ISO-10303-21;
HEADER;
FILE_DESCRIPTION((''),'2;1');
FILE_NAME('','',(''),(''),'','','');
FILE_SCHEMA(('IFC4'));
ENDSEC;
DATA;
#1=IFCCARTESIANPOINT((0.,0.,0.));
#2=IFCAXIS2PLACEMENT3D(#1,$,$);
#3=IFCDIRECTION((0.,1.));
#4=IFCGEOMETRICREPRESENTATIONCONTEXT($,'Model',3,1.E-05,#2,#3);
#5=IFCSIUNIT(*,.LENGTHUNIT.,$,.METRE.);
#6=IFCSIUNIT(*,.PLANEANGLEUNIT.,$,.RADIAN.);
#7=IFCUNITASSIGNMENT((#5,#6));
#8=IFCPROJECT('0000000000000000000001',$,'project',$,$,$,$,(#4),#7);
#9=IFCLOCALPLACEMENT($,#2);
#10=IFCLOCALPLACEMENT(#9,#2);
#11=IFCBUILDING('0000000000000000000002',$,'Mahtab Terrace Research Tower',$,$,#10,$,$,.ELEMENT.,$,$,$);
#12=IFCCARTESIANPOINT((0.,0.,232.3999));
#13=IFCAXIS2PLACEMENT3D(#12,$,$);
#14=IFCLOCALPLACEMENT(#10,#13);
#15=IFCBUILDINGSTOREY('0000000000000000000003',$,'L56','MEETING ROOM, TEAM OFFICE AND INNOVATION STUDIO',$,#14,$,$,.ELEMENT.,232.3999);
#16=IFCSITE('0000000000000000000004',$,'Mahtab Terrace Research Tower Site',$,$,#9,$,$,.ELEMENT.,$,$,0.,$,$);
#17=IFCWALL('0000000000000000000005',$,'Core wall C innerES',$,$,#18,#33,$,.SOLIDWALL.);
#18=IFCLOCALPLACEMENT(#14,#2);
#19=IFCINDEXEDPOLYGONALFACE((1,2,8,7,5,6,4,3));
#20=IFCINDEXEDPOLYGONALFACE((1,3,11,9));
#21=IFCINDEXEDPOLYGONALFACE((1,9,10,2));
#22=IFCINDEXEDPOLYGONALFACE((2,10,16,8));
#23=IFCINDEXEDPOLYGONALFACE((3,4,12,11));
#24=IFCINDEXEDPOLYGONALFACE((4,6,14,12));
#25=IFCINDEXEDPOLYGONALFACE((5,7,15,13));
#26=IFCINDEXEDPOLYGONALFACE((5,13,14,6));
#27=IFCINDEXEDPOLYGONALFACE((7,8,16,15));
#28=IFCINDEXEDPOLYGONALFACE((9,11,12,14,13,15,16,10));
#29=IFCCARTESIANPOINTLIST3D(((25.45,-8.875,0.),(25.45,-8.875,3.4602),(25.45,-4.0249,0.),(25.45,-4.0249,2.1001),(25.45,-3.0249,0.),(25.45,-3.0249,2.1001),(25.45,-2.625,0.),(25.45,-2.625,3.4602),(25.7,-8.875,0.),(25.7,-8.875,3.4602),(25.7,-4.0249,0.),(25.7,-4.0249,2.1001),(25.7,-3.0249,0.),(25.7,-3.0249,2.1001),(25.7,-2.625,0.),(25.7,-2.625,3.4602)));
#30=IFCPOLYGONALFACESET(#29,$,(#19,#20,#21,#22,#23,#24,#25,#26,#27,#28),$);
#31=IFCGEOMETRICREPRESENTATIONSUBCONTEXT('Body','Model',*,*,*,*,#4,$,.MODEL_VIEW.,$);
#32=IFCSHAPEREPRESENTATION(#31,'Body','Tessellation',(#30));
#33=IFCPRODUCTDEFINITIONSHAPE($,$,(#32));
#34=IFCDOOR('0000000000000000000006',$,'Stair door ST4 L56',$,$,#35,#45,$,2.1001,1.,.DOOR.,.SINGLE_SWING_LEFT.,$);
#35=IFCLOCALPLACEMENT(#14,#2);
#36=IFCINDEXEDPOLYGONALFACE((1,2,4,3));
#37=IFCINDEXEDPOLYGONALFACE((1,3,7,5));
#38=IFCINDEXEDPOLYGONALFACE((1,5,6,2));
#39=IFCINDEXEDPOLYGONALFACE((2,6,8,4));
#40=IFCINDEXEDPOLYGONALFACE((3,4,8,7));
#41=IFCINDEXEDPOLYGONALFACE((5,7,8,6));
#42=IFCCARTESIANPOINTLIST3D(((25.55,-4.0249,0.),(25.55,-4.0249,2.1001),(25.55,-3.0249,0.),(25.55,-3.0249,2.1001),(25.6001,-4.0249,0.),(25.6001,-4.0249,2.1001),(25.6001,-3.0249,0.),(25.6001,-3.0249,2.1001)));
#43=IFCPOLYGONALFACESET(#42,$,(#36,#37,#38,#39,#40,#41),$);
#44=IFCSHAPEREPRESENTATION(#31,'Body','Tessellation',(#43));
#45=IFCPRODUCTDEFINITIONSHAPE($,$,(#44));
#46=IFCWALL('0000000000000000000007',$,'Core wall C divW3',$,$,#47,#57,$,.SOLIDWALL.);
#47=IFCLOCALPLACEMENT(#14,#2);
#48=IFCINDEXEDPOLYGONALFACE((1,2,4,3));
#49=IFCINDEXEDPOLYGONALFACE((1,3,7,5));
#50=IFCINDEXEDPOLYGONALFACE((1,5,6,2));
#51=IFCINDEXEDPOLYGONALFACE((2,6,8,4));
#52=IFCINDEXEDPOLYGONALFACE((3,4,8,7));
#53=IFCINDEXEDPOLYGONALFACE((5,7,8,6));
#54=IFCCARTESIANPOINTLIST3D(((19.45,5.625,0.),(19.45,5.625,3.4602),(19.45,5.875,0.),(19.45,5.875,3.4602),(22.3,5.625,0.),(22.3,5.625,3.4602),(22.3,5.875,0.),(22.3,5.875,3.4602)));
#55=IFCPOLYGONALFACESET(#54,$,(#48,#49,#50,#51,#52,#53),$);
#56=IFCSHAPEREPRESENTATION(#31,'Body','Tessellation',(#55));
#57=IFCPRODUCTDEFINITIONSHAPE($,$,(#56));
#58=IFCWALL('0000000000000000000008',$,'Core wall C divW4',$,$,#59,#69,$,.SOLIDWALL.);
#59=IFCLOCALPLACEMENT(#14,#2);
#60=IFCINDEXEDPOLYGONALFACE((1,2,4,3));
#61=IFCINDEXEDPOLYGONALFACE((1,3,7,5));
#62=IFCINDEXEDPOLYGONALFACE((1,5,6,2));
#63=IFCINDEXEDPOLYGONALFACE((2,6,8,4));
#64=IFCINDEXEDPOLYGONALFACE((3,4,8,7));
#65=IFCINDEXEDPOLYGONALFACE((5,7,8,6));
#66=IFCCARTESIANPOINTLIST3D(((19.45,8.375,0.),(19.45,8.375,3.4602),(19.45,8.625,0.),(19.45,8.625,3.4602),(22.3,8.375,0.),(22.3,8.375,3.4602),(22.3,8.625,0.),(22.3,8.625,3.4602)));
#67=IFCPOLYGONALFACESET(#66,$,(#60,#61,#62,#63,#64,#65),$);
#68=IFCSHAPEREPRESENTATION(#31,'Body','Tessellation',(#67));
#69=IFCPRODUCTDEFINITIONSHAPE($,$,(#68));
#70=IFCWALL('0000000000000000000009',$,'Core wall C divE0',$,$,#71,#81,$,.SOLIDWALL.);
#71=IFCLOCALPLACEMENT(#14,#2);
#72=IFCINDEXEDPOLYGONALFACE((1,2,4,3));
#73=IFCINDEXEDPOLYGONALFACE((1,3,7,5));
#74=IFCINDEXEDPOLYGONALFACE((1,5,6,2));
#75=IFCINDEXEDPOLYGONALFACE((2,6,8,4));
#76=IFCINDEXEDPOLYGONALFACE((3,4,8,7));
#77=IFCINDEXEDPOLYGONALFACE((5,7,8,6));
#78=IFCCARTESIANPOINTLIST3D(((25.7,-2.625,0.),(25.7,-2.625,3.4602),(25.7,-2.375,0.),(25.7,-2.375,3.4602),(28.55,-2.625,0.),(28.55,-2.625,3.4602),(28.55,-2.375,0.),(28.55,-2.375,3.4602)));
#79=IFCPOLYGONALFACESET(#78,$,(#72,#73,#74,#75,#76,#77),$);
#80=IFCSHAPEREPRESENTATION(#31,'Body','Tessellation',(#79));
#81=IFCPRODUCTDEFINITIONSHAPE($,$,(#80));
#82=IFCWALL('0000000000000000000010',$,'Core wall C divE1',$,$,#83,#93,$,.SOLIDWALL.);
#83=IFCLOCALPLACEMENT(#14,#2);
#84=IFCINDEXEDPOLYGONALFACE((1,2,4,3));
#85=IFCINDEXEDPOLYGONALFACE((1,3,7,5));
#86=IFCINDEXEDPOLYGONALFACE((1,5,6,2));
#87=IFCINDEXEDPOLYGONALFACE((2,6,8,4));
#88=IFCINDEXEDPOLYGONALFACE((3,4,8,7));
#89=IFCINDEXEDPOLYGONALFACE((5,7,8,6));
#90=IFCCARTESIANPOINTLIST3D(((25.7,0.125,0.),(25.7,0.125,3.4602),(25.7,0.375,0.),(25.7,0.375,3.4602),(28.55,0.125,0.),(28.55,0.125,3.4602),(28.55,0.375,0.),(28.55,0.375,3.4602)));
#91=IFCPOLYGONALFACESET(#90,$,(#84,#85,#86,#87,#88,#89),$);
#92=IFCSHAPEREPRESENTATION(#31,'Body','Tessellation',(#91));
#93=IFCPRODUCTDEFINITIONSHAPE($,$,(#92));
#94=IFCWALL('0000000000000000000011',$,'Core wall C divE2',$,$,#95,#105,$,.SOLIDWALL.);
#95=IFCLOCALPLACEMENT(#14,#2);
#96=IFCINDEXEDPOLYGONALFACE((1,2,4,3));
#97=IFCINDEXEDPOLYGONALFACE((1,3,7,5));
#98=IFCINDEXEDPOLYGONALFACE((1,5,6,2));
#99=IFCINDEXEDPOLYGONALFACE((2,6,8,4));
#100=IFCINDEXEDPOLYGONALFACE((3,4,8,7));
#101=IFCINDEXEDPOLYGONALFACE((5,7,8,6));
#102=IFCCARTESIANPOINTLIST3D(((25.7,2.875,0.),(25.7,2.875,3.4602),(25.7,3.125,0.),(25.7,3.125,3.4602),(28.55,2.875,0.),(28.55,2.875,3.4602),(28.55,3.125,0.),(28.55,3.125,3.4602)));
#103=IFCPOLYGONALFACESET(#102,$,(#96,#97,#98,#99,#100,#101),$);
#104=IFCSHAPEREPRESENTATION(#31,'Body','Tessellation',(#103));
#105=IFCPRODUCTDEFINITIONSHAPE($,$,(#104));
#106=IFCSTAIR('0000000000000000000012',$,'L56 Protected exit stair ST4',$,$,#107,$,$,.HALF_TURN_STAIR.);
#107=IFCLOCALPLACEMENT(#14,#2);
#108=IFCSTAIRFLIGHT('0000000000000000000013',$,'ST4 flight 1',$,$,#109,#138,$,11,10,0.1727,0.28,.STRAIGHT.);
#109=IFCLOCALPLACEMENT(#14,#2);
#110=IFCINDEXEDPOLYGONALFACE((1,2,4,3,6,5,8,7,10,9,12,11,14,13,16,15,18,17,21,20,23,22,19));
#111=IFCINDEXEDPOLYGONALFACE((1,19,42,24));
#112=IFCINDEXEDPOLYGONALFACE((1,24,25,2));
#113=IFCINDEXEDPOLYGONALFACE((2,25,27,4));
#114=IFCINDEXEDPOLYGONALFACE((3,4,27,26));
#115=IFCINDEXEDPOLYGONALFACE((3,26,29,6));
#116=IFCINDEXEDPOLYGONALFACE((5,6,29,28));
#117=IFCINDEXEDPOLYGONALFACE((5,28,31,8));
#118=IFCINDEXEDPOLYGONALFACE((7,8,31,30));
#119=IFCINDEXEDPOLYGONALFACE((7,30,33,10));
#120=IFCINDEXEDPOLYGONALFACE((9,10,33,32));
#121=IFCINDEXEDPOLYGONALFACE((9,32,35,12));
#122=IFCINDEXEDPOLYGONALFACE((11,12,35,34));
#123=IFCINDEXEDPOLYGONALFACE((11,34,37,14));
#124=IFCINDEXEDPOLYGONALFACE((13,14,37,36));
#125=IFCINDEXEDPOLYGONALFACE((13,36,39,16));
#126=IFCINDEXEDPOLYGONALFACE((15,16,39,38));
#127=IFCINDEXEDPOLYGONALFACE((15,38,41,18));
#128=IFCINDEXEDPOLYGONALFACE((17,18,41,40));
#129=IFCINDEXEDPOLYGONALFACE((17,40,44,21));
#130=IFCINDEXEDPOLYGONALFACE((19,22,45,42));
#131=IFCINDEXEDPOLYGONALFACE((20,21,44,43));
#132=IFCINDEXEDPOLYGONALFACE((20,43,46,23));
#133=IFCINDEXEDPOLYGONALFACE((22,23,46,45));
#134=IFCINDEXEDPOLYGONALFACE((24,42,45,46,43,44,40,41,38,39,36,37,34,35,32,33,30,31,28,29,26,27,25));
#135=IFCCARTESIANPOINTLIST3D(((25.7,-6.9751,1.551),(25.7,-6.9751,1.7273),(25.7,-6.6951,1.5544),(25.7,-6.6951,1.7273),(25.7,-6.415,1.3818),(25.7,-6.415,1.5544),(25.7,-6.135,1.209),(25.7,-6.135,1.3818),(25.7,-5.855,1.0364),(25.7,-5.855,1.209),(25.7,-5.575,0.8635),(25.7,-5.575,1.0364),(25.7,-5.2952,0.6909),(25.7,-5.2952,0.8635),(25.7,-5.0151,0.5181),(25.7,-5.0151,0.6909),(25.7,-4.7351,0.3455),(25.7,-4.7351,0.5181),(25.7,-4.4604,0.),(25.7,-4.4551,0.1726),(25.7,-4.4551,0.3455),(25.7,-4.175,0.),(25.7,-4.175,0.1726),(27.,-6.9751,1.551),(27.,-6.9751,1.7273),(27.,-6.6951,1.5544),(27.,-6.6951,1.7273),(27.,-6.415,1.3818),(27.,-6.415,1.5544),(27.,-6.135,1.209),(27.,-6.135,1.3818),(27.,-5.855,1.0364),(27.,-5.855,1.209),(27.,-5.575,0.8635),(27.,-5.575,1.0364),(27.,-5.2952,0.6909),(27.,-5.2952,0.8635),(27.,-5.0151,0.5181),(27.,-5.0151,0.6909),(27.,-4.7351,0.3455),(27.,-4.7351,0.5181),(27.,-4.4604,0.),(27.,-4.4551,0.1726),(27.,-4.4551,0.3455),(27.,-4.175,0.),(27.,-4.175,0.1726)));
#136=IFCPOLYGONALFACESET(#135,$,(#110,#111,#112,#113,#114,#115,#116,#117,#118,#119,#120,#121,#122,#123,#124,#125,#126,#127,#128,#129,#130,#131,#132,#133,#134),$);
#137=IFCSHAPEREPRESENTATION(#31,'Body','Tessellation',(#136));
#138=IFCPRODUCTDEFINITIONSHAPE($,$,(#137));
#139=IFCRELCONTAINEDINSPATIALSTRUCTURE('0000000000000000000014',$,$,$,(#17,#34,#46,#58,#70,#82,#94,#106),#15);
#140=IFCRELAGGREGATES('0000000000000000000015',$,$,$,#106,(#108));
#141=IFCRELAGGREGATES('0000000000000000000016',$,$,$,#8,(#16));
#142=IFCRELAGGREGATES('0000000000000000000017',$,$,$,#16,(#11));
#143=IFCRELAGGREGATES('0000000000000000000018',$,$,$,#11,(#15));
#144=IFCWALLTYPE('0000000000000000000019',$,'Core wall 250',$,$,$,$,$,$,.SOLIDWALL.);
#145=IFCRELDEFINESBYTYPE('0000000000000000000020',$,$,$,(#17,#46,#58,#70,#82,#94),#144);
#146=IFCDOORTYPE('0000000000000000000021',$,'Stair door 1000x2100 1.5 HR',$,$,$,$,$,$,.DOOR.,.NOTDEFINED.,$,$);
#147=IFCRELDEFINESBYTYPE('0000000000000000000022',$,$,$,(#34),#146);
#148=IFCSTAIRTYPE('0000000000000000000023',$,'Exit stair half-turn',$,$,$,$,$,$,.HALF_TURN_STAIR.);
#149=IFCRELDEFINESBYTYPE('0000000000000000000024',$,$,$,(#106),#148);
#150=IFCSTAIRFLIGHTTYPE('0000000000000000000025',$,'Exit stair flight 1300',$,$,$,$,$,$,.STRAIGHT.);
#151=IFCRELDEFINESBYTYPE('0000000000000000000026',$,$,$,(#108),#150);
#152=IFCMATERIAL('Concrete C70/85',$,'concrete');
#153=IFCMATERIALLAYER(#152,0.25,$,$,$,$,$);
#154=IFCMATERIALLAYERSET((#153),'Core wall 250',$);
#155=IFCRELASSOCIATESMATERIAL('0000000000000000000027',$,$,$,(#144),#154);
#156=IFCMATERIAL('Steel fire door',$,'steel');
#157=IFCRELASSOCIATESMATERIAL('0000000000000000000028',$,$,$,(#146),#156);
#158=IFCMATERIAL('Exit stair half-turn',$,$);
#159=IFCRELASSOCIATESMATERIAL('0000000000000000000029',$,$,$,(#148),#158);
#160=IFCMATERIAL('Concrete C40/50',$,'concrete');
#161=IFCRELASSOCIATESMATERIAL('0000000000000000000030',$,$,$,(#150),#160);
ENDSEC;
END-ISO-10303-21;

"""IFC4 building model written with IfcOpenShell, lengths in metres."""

from ifc_helpers import new_model, si_unit, direction, frame, frame_2d, origin, place, context, subcontext, project, spatial, polyline, rectangle, outline, extrude, material, layer, layer_set, type_object, element, fill, aggregate, save


model = new_model("IFC4")

# Units and contexts
model_context = context("Model", 3, precision=1e-05, world=origin(), true_north=direction((0.0, 1.0)))
body_context = subcontext(model_context, "Body", "Model", "MODEL_VIEW")
ifc_project = project(units=[si_unit("LENGTHUNIT", "METRE"), si_unit("PLANEANGLEUNIT", "RADIAN")], contexts=[model_context])

# Site, building, storey
site_placement = place(None, origin())
site = spatial("IfcSite", under=ifc_project, at=site_placement, Name="Mahtab Terrace Research Tower Site", CompositionType="ELEMENT", RefElevation=0.0)
building_placement = place(site_placement, origin())
building = spatial("IfcBuilding", under=site, at=building_placement, Name="Mahtab Terrace Research Tower", CompositionType="ELEMENT")
storey_placement = place(building_placement, frame((0.0, 0.0, 232.3999)))
storey = spatial("IfcBuildingStorey", under=building, at=storey_placement, Name="L56", Description="MEETING ROOM, TEAM OFFICE AND INNOVATION STUDIO", CompositionType="ELEMENT", Elevation=232.3999)

# Shared definitions
ifc_material_1 = material(Name="Concrete C70/85", Category="concrete")
ifc_layer_1 = layer(ifc_material_1, 0.25)
ifc_layer_set_1 = layer_set([ifc_layer_1], Name="Core wall 250")
wall_type_1 = type_object("IfcWallType", Name="Core wall 250", PredefinedType="SOLIDWALL", material=ifc_layer_set_1)
ifc_material_2 = material(Name="Steel fire door", Category="steel")

# Wall, opening, door
wall_1_placement = place(storey_placement, frame((25.575, -8.875, 0.0), z_axis=(0.0, 0.0, 1.0), x_axis=(0.0, 1.0, 0.0)))
wall_1 = element("IfcWall", 1, at=wall_1_placement, inside=storey, type_object=wall_type_1, Name="Core wall C innerES", PredefinedType="SOLIDWALL", context=body_context, shape_type="SweptSolid", body=[
    extrude(rectangle(XDim=6.25, YDim=0.25, at=frame_2d((3.125, 0.0))), origin(), (0.0, 0.0, 1.0), 3.4602),
])
opening_1_placement = place(wall_1_placement, frame((4.8501, 0.0, 0.0)))
opening_1 = element("IfcOpeningElement", 2, at=opening_1_placement, cuts=wall_1, PredefinedType="OPENING", context=body_context, shape_type="SweptSolid", body=[
    extrude(rectangle(XDim=1.0, YDim=2.1001, at=frame_2d((0.5, 1.05))), frame((0.0, 0.135, 0.0), z_axis=(0.0, -1.0, 0.0), x_axis=(1.0, 0.0, 0.0)), (0.0, 0.0, 1.0), 0.27),
])
door_type_1 = type_object("IfcDoorType", Name="Stair door 1000x2100 1.5 HR", OperationType="NOTDEFINED", PredefinedType="DOOR", material=ifc_material_2)
door_1_placement = place(opening_1_placement, origin())
door_1 = element("IfcDoor", 3, at=door_1_placement, inside=storey, type_object=door_type_1, Name="Stair door ST4 L56", OperationType="SINGLE_SWING_LEFT", OverallHeight=2.1001, OverallWidth=1.0, PredefinedType="DOOR", context=body_context, shape_type="SweptSolid", body=[
    extrude(rectangle(XDim=1.0, YDim=2.1001, at=frame_2d((0.5, 1.05))), frame((0.0, 0.0249, 0.0), z_axis=(0.0, -1.0, 0.0), x_axis=(1.0, 0.0, 0.0)), (0.0, 0.0, 1.0), 0.05),
])
fill(opening_1, door_1)

# Walls
for number, where, z_axis, x_axis, name in (
    (4, (19.45, 5.75, 0.0), (0.0, 0.0, 1.0), (1.0, 0.0, 0.0), "Core wall C divW3"),
    (5, (19.45, 8.5, 0.0), (0.0, 0.0, 1.0), (1.0, 0.0, 0.0), "Core wall C divW4"),
    (6, (25.7, -2.5, 0.0), (0.0, 0.0, 1.0), (1.0, 0.0, 0.0), "Core wall C divE0"),
    (7, (25.7, 0.25, 0.0), (0.0, 0.0, 1.0), (1.0, 0.0, 0.0), "Core wall C divE1"),
    (8, (25.7, 3.0, 0.0), (0.0, 0.0, 1.0), (1.0, 0.0, 0.0), "Core wall C divE2"),
):
    element("IfcWall", number, at=place(storey_placement, frame(where, z_axis=z_axis, x_axis=x_axis)), inside=storey, type_object=wall_type_1, Name=name, PredefinedType="SOLIDWALL", context=body_context, shape_type="SweptSolid", body=[
        extrude(rectangle(XDim=2.8501, YDim=0.25, at=frame_2d((1.425, 0.0))), origin(), (0.0, 0.0, 1.0), 3.4602),
    ])

# Stair, stair flight
ifc_material_3 = material(Name="Exit stair half-turn")
stair_type = type_object("IfcStairType", Name="Exit stair half-turn", PredefinedType="HALF_TURN_STAIR", material=ifc_material_3)
stair_placement = place(storey_placement, origin())
stair = element("IfcStair", 9, at=stair_placement, inside=storey, type_object=stair_type, Name="L56 Protected exit stair ST4", PredefinedType="HALF_TURN_STAIR")
ifc_material_4 = material(Name="Concrete C40/50", Category="concrete")
stair_flight_type = type_object("IfcStairFlightType", Name="Exit stair flight 1300", PredefinedType="STRAIGHT", material=ifc_material_4)
stair_flight_placement = place(storey_placement, frame((26.3501, -4.175, 0.0), z_axis=(0.0, 0.0, 1.0), x_axis=(0.0, -1.0, 0.0)))
stair_flight = element("IfcStairFlight", 10, at=stair_flight_placement, type_object=stair_flight_type, Name="ST4 flight 1", NumberOfRisers=11, NumberOfTreads=10, PredefinedType="STRAIGHT", RiserHeight=0.1727, TreadLength=0.28, context=body_context, shape_type="SweptSolid", body=[
    extrude(outline(polyline([(0.0, 0.0), (0.0, 0.1726), (0.28, 0.1726), (0.28, 0.3455), (0.5601, 0.3455), (0.5601, 0.5181), (0.8401, 0.5181), (0.8401, 0.6909), (1.1201, 0.6909), (1.1201, 0.8635), (1.3999, 0.8635), (1.3999, 1.0364), (1.6799, 1.0364), (1.6799, 1.209), (1.96, 1.209), (1.96, 1.3818), (2.24, 1.3818), (2.24, 1.5544), (2.52, 1.5544), (2.52, 1.7273), (2.8, 1.7273), (2.8, 1.8999), (2.8, 1.551), (0.2854, 0.0), (0.0, 0.0)])), frame((0.0, 0.6499, 0.0), z_axis=(0.0, -1.0, 0.0), x_axis=(1.0, 0.0, 0.0)), (0.0, 0.0, 1.0), 1.3),
])
aggregate(stair, [stair_flight])

save(model, "model.ifc")
